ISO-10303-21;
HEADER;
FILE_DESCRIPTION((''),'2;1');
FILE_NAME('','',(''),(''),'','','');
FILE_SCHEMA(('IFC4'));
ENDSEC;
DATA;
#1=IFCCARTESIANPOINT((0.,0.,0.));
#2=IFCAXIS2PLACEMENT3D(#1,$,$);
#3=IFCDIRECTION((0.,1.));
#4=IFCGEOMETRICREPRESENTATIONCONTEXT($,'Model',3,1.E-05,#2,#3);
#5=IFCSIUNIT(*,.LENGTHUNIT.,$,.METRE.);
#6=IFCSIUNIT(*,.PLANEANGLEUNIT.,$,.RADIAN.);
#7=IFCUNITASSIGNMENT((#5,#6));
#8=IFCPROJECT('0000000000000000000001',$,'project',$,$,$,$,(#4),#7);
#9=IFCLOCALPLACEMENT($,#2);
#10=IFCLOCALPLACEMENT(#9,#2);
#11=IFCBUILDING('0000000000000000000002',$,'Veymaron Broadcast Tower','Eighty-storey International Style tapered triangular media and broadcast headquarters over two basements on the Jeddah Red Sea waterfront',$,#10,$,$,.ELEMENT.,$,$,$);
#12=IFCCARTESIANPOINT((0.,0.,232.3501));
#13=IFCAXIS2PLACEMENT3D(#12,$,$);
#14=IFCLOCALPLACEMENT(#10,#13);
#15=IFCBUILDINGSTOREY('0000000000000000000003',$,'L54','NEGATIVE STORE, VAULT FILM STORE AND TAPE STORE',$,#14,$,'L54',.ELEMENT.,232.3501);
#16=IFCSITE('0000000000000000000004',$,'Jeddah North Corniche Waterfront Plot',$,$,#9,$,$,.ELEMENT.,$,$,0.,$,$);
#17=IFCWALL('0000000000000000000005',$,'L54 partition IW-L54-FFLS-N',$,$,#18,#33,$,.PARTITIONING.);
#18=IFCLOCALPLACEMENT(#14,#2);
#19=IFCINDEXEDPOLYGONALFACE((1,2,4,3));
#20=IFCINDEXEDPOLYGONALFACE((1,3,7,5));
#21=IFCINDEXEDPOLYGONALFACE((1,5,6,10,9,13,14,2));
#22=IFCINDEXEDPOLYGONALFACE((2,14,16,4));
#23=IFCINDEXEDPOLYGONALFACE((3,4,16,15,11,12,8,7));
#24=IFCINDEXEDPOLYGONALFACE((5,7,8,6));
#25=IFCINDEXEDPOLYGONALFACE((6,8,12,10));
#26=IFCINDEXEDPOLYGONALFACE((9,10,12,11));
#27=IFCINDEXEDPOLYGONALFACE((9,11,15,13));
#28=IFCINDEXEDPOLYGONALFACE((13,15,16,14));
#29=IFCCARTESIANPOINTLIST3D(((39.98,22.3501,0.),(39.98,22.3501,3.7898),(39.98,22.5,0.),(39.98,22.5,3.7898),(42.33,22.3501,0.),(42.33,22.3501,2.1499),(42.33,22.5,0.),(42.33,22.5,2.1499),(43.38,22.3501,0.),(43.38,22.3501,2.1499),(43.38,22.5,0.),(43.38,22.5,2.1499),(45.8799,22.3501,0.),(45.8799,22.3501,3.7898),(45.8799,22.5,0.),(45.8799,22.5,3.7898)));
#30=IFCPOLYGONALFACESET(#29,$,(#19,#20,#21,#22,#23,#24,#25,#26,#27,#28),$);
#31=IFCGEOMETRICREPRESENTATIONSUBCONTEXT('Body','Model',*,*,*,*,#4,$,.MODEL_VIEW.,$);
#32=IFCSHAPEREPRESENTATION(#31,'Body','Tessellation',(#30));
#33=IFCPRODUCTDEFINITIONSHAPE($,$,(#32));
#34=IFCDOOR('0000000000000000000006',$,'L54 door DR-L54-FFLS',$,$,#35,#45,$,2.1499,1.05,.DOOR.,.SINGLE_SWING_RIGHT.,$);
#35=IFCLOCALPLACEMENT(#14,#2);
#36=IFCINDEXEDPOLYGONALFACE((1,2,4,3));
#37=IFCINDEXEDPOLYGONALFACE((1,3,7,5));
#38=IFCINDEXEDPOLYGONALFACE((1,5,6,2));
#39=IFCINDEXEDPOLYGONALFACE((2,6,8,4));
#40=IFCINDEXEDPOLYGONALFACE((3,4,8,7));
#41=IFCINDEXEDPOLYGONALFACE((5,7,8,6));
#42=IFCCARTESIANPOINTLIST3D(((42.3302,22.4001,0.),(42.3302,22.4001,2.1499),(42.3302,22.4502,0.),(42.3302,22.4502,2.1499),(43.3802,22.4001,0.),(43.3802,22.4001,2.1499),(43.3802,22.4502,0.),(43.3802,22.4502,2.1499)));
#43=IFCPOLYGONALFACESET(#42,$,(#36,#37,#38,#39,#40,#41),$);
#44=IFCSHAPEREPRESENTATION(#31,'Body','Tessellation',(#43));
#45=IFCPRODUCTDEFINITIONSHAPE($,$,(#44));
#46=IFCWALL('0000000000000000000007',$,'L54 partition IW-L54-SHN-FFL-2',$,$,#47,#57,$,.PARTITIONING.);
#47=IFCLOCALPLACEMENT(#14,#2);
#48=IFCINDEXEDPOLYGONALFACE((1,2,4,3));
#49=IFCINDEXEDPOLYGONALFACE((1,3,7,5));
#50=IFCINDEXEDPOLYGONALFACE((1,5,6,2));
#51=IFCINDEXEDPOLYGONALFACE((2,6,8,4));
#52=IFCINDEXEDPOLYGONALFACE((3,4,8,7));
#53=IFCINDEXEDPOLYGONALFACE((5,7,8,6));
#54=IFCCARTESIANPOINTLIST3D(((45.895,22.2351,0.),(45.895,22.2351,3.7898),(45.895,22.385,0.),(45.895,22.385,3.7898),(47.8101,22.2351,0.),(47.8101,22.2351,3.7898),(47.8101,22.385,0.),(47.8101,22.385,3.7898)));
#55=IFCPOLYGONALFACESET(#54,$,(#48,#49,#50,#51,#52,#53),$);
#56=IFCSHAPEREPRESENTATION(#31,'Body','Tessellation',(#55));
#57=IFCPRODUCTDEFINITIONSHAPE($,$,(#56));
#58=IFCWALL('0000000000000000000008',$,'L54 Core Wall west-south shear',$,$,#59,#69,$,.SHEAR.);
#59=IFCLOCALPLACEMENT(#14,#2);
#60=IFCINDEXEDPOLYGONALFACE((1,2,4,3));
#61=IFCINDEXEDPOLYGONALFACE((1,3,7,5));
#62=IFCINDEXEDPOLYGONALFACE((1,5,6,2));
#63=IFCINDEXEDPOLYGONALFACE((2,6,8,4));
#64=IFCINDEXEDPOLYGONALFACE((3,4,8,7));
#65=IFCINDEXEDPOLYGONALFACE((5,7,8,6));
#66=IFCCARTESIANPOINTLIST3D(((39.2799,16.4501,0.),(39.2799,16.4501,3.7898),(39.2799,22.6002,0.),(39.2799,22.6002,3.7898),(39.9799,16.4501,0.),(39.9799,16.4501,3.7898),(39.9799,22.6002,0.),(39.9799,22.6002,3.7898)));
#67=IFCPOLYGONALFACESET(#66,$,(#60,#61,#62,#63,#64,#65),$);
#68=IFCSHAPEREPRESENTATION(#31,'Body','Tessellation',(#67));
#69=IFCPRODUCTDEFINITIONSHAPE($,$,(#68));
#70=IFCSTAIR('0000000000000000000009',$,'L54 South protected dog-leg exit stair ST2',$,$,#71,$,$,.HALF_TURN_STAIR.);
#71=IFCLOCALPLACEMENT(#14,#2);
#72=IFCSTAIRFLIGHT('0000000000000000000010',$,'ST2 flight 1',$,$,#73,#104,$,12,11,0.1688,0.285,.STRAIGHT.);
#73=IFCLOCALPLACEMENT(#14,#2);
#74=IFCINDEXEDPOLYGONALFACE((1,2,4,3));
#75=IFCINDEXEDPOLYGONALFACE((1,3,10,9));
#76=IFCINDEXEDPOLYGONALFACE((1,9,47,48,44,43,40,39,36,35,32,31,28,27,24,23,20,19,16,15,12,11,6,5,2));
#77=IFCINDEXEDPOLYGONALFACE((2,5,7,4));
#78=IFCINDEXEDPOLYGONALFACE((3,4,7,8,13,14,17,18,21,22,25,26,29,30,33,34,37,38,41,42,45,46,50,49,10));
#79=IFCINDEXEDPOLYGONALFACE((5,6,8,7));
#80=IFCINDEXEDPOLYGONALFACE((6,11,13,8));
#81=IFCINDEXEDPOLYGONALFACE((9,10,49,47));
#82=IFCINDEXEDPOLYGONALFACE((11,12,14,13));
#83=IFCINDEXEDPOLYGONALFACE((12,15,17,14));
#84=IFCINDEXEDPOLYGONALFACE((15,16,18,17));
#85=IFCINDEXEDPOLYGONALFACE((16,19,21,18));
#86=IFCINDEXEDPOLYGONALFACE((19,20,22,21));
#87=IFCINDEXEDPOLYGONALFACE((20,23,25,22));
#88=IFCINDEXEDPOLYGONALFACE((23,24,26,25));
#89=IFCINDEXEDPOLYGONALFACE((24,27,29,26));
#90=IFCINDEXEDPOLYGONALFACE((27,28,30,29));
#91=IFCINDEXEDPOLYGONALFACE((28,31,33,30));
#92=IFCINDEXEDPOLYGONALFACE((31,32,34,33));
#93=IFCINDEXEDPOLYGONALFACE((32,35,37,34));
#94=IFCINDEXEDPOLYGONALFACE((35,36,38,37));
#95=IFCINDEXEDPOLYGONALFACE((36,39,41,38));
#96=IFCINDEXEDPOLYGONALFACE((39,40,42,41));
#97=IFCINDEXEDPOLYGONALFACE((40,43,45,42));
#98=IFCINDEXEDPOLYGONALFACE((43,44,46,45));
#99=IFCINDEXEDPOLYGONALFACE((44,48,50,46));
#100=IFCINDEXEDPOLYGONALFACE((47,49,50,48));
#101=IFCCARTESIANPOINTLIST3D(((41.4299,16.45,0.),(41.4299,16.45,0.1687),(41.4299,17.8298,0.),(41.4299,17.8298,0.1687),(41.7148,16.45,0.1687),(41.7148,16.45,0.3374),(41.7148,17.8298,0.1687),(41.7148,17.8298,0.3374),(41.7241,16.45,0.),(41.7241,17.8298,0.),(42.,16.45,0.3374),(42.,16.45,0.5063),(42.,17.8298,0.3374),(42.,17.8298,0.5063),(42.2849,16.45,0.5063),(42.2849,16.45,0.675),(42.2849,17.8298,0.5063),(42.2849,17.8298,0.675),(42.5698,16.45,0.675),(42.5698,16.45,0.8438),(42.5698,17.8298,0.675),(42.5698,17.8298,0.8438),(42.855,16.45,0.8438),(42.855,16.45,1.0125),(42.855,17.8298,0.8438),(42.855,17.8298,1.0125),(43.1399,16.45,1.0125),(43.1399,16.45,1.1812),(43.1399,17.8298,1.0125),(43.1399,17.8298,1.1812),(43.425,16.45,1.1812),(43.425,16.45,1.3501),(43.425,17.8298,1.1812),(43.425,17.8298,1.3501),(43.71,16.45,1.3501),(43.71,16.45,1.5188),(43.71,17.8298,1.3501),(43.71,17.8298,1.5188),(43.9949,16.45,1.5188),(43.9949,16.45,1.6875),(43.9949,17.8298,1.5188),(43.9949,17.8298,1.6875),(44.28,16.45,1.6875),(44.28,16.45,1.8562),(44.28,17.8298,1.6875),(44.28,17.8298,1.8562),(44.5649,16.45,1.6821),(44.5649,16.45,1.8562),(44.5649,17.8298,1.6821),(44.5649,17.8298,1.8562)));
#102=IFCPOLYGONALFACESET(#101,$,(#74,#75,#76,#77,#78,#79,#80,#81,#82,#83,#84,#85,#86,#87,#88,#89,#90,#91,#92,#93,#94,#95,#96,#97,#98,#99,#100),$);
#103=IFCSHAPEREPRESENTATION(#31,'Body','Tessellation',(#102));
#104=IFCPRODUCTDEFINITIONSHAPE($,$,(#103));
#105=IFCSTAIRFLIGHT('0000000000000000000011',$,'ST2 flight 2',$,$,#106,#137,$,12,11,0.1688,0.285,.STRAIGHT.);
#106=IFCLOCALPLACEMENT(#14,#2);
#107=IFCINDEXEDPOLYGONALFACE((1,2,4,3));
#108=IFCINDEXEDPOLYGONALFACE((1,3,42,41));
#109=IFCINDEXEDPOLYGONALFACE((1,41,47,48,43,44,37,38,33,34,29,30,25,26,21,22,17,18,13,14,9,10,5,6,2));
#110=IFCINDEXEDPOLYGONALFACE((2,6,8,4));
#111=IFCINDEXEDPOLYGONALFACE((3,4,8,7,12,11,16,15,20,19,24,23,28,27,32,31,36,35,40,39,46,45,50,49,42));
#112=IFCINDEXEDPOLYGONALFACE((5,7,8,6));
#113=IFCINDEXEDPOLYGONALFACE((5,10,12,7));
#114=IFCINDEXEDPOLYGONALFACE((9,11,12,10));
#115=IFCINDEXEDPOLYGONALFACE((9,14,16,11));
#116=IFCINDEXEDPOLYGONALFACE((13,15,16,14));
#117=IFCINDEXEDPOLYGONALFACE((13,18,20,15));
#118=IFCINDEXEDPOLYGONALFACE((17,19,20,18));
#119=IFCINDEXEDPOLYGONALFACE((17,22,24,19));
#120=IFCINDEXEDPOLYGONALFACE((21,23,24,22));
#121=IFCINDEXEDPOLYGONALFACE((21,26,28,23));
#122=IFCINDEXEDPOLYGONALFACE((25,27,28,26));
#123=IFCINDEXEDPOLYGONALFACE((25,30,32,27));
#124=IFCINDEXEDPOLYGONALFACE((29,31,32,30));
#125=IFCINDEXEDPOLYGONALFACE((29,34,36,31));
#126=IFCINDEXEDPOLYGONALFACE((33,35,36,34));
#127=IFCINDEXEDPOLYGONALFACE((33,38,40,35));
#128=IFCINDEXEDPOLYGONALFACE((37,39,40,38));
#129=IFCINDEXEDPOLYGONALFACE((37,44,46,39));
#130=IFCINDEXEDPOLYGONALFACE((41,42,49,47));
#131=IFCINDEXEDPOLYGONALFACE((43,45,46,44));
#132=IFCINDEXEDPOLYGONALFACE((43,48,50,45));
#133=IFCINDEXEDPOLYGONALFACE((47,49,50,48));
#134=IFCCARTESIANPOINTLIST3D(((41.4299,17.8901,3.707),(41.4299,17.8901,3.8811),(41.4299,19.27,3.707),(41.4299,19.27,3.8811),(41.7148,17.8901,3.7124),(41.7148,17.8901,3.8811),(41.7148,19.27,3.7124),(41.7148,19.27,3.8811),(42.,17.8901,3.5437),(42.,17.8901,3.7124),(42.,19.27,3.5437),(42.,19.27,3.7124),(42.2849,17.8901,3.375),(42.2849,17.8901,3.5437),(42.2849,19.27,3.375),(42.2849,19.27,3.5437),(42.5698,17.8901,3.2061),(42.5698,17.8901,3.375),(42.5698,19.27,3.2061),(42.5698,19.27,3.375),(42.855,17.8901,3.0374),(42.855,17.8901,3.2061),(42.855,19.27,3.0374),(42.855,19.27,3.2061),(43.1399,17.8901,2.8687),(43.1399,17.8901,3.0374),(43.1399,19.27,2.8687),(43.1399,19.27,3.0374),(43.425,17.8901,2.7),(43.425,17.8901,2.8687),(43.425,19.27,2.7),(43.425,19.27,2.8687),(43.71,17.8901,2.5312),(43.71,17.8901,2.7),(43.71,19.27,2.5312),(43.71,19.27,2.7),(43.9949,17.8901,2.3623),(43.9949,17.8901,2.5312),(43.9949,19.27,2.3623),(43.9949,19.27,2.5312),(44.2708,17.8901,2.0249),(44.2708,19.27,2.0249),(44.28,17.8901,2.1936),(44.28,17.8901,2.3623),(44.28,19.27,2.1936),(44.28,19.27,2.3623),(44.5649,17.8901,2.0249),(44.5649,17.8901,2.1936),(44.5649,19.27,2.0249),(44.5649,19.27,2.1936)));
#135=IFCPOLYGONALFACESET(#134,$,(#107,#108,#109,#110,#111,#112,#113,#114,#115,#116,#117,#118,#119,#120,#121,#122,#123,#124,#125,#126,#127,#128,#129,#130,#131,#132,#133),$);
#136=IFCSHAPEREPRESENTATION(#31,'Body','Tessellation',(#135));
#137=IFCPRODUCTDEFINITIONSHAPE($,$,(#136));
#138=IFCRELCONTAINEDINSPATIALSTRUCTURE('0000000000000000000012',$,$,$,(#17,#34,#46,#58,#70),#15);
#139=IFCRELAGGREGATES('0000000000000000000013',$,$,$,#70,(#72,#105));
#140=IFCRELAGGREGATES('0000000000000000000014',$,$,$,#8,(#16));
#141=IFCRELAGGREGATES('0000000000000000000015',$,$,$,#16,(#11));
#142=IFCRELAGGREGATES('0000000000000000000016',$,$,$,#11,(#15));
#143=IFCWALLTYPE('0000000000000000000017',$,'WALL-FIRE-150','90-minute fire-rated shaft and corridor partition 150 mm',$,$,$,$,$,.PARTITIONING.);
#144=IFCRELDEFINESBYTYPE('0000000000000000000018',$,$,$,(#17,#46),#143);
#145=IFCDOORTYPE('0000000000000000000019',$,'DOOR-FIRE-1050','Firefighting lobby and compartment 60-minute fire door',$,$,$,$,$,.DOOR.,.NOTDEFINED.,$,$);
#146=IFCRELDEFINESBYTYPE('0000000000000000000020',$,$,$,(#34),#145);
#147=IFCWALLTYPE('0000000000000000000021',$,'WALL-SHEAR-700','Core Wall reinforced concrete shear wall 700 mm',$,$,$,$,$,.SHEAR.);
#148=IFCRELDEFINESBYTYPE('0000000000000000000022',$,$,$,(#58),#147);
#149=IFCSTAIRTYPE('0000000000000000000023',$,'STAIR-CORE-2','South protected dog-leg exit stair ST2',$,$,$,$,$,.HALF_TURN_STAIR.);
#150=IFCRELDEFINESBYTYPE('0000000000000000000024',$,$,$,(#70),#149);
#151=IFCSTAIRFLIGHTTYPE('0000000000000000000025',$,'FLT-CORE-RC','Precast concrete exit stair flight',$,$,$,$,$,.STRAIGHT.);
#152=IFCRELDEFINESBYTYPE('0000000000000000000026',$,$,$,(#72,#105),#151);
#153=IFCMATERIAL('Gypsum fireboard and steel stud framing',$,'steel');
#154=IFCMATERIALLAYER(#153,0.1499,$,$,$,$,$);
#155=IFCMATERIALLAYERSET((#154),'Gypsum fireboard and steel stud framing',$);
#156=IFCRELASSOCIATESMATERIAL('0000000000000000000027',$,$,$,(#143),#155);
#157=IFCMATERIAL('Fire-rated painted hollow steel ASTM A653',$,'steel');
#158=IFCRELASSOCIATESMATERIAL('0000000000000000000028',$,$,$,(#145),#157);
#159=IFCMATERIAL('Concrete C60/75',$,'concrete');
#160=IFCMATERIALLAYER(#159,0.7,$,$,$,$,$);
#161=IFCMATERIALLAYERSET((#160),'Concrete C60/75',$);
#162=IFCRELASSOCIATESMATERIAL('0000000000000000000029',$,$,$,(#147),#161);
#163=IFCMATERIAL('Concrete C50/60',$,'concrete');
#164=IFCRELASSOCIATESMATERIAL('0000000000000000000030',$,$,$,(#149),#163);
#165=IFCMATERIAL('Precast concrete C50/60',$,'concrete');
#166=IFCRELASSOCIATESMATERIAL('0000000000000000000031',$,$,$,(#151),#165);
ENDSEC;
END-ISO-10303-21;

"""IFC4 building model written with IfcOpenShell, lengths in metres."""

from ifc_helpers import new_model, si_unit, direction, frame, frame_2d, origin, place, context, subcontext, project, spatial, polyline, rectangle, outline, extrude, material, layer, layer_set, type_object, element, fill, aggregate, save


model = new_model("IFC4")

# Units and contexts
model_context = context("Model", 3, precision=1e-05, world=origin(), true_north=direction((0.0, 1.0)))
body_context = subcontext(model_context, "Body", "Model", "MODEL_VIEW")
ifc_project = project(units=[si_unit("LENGTHUNIT", "METRE"), si_unit("PLANEANGLEUNIT", "RADIAN")], contexts=[model_context])

# Site, building, storey
site_placement = place(None, origin())
site = spatial("IfcSite", under=ifc_project, at=site_placement, Name="Jeddah North Corniche Waterfront Plot", CompositionType="ELEMENT", RefElevation=0.0)
building_placement = place(site_placement, origin())
building = spatial("IfcBuilding", under=site, at=building_placement, Name="Veymaron Broadcast Tower", Description="Eighty-storey International Style tapered triangular media and broadcast headquarters over two basements on the Jeddah Red Sea waterfront", CompositionType="ELEMENT")
storey_placement = place(building_placement, frame((0.0, 0.0, 232.3501)))
storey = spatial("IfcBuildingStorey", under=building, at=storey_placement, Name="L54", Description="NEGATIVE STORE, VAULT FILM STORE AND TAPE STORE", LongName="L54", CompositionType="ELEMENT", Elevation=232.3501)

# Shared definitions
ifc_material_1 = material(Name="Concrete C60/75", Category="concrete")

# Wall, opening, door
ifc_material_2 = material(Name="Gypsum fireboard and steel stud framing", Category="steel")
ifc_layer_1 = layer(ifc_material_2, 0.1499)
ifc_layer_set_1 = layer_set([ifc_layer_1], Name="Gypsum fireboard and steel stud framing")
wall_type_1 = type_object("IfcWallType", Name="WALL-FIRE-150", Description="90-minute fire-rated shaft and corridor partition 150 mm", PredefinedType="PARTITIONING", material=ifc_layer_set_1)
wall_1_placement = place(storey_placement, frame((39.98, 22.425, 0.0), z_axis=(0.0, 0.0, 1.0), x_axis=(1.0, 0.0, 0.0)))
wall_1 = element("IfcWall", 1, at=wall_1_placement, inside=storey, type_object=wall_type_1, Name="L54 partition IW-L54-FFLS-N", PredefinedType="PARTITIONING", context=body_context, shape_type="SweptSolid", body=[
    extrude(rectangle(XDim=5.8999, YDim=0.1499, at=frame_2d((2.95, 0.0))), origin(), (0.0, 0.0, 1.0), 3.7898),
])
opening_1_placement = place(wall_1_placement, frame((2.3501, 0.0, 0.0)))
opening_1 = element("IfcOpeningElement", 2, at=opening_1_placement, cuts=wall_1, PredefinedType="OPENING", context=body_context, shape_type="SweptSolid", body=[
    extrude(rectangle(XDim=1.05, YDim=2.1499, at=frame_2d((0.5249, 1.075))), frame((0.0, 0.085, 0.0), z_axis=(0.0, -1.0, 0.0), x_axis=(1.0, 0.0, 0.0)), (0.0, 0.0, 1.0), 0.1699),
])
ifc_material_3 = material(Name="Fire-rated painted hollow steel ASTM A653", Category="steel")
door_type_1 = type_object("IfcDoorType", Name="DOOR-FIRE-1050", Description="Firefighting lobby and compartment 60-minute fire door", OperationType="NOTDEFINED", PredefinedType="DOOR", material=ifc_material_3)
door_1_placement = place(opening_1_placement, frame((1.05, 0.0, 0.0), z_axis=(0.0, 0.0, 1.0), x_axis=(-1.0, 0.0, 0.0)))
door_1 = element("IfcDoor", 3, at=door_1_placement, inside=storey, type_object=door_type_1, Name="L54 door DR-L54-FFLS", OperationType="SINGLE_SWING_RIGHT", OverallHeight=2.1499, OverallWidth=1.05, PredefinedType="DOOR", context=body_context, shape_type="SweptSolid", body=[
    extrude(rectangle(XDim=1.05, YDim=2.1499, at=frame_2d((0.5249, 1.075))), frame((0.0, 0.0249, 0.0), z_axis=(0.0, -1.0, 0.0), x_axis=(1.0, 0.0, 0.0)), (0.0, 0.0, 1.0), 0.05),
])
fill(opening_1, door_1)

# Wall
wall_2_placement = place(storey_placement, frame((45.895, 22.3101, 0.0), z_axis=(0.0, 0.0, 1.0), x_axis=(1.0, 0.0, 0.0)))
element("IfcWall", 4, at=wall_2_placement, inside=storey, type_object=wall_type_1, Name="L54 partition IW-L54-SHN-FFL-2", PredefinedType="PARTITIONING", context=body_context, shape_type="SweptSolid", body=[
    extrude(rectangle(XDim=1.915, YDim=0.1499, at=frame_2d((0.9575, 0.0))), origin(), (0.0, 0.0, 1.0), 3.7898),
])

# Shared definitions
ifc_material_4 = material(Name="Concrete C50/60", Category="concrete")

# Wall
ifc_layer_2 = layer(ifc_material_1, 0.7)
ifc_layer_set_2 = layer_set([ifc_layer_2], Name="Concrete C60/75")
wall_type_2 = type_object("IfcWallType", Name="WALL-SHEAR-700", Description="Core Wall reinforced concrete shear wall 700 mm", PredefinedType="SHEAR", material=ifc_layer_set_2)
wall_3_placement = place(storey_placement, frame((39.6299, 16.45, 0.0), z_axis=(0.0, 0.0, 1.0), x_axis=(0.0, 1.0, 0.0)))
element("IfcWall", 5, at=wall_3_placement, inside=storey, type_object=wall_type_2, Name="L54 Core Wall west-south shear", PredefinedType="SHEAR", context=body_context, shape_type="SweptSolid", body=[
    extrude(rectangle(XDim=6.1501, YDim=0.7, at=frame_2d((3.0752, 0.0))), origin(), (0.0, 0.0, 1.0), 3.7898),
])

# Stair, stair flights
stair_type = type_object("IfcStairType", Name="STAIR-CORE-2", Description="South protected dog-leg exit stair ST2", PredefinedType="HALF_TURN_STAIR", material=ifc_material_4)
stair_placement = place(storey_placement, origin())
stair = element("IfcStair", 6, at=stair_placement, inside=storey, type_object=stair_type, Name="L54 South protected dog-leg exit stair ST2", PredefinedType="HALF_TURN_STAIR")
ifc_material_5 = material(Name="Precast concrete C50/60", Category="concrete")
stair_flight_type = type_object("IfcStairFlightType", Name="FLT-CORE-RC", Description="Precast concrete exit stair flight", PredefinedType="STRAIGHT", material=ifc_material_5)
stair_flight_1_placement = place(storey_placement, frame((41.4299, 17.1399, 0.0), z_axis=(0.0, 0.0, 1.0), x_axis=(1.0, 0.0, 0.0)))
stair_flight_1 = element("IfcStairFlight", 7, at=stair_flight_1_placement, type_object=stair_flight_type, Name="ST2 flight 1", NumberOfRisers=12, NumberOfTreads=11, PredefinedType="STRAIGHT", RiserHeight=0.1688, TreadLength=0.285, context=body_context, shape_type="SweptSolid", body=[
    extrude(outline(polyline([(0.0, 0.0), (0.0, 0.1687), (0.2849, 0.1687), (0.2849, 0.3374), (0.5701, 0.3374), (0.5701, 0.5063), (0.855, 0.5063), (0.855, 0.675), (1.1399, 0.675), (1.1399, 0.8438), (1.425, 0.8438), (1.425, 1.0125), (1.71, 1.0125), (1.71, 1.1812), (1.9951, 1.1812), (1.9951, 1.3501), (2.28, 1.3501), (2.28, 1.5188), (2.5649, 1.5188), (2.5649, 1.6875), (2.8501, 1.6875), (2.8501, 1.8562), (3.135, 1.8562), (3.135, 2.0249), (3.135, 1.6821), (0.2942, 0.0), (0.0, 0.0)])), frame((0.0, 0.6899, 0.0), z_axis=(0.0, -1.0, 0.0), x_axis=(1.0, 0.0, 0.0)), (0.0, 0.0, 1.0), 1.3799),
])
stair_flight_2_placement = place(storey_placement, frame((44.5649, 18.5801, 2.0249), z_axis=(0.0, 0.0, 1.0), x_axis=(-1.0, 0.0, 0.0)))
stair_flight_2 = element("IfcStairFlight", 8, at=stair_flight_2_placement, type_object=stair_flight_type, Name="ST2 flight 2", NumberOfRisers=12, NumberOfTreads=11, PredefinedType="STRAIGHT", RiserHeight=0.1688, TreadLength=0.285, context=body_context, shape_type="SweptSolid", body=[
    extrude(outline(polyline([(0.0, 0.0), (0.0, 0.1687), (0.2849, 0.1687), (0.2849, 0.3374), (0.5701, 0.3374), (0.5701, 0.5063), (0.855, 0.5063), (0.855, 0.675), (1.1399, 0.675), (1.1399, 0.8438), (1.425, 0.8438), (1.425, 1.0125), (1.71, 1.0125), (1.71, 1.1812), (1.9951, 1.1812), (1.9951, 1.3501), (2.28, 1.3501), (2.28, 1.5188), (2.5649, 1.5188), (2.5649, 1.6875), (2.8501, 1.6875), (2.8501, 1.8562), (3.135, 1.8562), (3.135, 2.0249), (3.135, 1.6821), (0.2942, 0.0), (0.0, 0.0)])), frame((0.0, 0.6899, 0.0), z_axis=(0.0, -1.0, 0.0), x_axis=(1.0, 0.0, 0.0)), (0.0, 0.0, 1.0), 1.3799),
])
aggregate(stair, [stair_flight_1, stair_flight_2])

save(model, "model.ifc")
